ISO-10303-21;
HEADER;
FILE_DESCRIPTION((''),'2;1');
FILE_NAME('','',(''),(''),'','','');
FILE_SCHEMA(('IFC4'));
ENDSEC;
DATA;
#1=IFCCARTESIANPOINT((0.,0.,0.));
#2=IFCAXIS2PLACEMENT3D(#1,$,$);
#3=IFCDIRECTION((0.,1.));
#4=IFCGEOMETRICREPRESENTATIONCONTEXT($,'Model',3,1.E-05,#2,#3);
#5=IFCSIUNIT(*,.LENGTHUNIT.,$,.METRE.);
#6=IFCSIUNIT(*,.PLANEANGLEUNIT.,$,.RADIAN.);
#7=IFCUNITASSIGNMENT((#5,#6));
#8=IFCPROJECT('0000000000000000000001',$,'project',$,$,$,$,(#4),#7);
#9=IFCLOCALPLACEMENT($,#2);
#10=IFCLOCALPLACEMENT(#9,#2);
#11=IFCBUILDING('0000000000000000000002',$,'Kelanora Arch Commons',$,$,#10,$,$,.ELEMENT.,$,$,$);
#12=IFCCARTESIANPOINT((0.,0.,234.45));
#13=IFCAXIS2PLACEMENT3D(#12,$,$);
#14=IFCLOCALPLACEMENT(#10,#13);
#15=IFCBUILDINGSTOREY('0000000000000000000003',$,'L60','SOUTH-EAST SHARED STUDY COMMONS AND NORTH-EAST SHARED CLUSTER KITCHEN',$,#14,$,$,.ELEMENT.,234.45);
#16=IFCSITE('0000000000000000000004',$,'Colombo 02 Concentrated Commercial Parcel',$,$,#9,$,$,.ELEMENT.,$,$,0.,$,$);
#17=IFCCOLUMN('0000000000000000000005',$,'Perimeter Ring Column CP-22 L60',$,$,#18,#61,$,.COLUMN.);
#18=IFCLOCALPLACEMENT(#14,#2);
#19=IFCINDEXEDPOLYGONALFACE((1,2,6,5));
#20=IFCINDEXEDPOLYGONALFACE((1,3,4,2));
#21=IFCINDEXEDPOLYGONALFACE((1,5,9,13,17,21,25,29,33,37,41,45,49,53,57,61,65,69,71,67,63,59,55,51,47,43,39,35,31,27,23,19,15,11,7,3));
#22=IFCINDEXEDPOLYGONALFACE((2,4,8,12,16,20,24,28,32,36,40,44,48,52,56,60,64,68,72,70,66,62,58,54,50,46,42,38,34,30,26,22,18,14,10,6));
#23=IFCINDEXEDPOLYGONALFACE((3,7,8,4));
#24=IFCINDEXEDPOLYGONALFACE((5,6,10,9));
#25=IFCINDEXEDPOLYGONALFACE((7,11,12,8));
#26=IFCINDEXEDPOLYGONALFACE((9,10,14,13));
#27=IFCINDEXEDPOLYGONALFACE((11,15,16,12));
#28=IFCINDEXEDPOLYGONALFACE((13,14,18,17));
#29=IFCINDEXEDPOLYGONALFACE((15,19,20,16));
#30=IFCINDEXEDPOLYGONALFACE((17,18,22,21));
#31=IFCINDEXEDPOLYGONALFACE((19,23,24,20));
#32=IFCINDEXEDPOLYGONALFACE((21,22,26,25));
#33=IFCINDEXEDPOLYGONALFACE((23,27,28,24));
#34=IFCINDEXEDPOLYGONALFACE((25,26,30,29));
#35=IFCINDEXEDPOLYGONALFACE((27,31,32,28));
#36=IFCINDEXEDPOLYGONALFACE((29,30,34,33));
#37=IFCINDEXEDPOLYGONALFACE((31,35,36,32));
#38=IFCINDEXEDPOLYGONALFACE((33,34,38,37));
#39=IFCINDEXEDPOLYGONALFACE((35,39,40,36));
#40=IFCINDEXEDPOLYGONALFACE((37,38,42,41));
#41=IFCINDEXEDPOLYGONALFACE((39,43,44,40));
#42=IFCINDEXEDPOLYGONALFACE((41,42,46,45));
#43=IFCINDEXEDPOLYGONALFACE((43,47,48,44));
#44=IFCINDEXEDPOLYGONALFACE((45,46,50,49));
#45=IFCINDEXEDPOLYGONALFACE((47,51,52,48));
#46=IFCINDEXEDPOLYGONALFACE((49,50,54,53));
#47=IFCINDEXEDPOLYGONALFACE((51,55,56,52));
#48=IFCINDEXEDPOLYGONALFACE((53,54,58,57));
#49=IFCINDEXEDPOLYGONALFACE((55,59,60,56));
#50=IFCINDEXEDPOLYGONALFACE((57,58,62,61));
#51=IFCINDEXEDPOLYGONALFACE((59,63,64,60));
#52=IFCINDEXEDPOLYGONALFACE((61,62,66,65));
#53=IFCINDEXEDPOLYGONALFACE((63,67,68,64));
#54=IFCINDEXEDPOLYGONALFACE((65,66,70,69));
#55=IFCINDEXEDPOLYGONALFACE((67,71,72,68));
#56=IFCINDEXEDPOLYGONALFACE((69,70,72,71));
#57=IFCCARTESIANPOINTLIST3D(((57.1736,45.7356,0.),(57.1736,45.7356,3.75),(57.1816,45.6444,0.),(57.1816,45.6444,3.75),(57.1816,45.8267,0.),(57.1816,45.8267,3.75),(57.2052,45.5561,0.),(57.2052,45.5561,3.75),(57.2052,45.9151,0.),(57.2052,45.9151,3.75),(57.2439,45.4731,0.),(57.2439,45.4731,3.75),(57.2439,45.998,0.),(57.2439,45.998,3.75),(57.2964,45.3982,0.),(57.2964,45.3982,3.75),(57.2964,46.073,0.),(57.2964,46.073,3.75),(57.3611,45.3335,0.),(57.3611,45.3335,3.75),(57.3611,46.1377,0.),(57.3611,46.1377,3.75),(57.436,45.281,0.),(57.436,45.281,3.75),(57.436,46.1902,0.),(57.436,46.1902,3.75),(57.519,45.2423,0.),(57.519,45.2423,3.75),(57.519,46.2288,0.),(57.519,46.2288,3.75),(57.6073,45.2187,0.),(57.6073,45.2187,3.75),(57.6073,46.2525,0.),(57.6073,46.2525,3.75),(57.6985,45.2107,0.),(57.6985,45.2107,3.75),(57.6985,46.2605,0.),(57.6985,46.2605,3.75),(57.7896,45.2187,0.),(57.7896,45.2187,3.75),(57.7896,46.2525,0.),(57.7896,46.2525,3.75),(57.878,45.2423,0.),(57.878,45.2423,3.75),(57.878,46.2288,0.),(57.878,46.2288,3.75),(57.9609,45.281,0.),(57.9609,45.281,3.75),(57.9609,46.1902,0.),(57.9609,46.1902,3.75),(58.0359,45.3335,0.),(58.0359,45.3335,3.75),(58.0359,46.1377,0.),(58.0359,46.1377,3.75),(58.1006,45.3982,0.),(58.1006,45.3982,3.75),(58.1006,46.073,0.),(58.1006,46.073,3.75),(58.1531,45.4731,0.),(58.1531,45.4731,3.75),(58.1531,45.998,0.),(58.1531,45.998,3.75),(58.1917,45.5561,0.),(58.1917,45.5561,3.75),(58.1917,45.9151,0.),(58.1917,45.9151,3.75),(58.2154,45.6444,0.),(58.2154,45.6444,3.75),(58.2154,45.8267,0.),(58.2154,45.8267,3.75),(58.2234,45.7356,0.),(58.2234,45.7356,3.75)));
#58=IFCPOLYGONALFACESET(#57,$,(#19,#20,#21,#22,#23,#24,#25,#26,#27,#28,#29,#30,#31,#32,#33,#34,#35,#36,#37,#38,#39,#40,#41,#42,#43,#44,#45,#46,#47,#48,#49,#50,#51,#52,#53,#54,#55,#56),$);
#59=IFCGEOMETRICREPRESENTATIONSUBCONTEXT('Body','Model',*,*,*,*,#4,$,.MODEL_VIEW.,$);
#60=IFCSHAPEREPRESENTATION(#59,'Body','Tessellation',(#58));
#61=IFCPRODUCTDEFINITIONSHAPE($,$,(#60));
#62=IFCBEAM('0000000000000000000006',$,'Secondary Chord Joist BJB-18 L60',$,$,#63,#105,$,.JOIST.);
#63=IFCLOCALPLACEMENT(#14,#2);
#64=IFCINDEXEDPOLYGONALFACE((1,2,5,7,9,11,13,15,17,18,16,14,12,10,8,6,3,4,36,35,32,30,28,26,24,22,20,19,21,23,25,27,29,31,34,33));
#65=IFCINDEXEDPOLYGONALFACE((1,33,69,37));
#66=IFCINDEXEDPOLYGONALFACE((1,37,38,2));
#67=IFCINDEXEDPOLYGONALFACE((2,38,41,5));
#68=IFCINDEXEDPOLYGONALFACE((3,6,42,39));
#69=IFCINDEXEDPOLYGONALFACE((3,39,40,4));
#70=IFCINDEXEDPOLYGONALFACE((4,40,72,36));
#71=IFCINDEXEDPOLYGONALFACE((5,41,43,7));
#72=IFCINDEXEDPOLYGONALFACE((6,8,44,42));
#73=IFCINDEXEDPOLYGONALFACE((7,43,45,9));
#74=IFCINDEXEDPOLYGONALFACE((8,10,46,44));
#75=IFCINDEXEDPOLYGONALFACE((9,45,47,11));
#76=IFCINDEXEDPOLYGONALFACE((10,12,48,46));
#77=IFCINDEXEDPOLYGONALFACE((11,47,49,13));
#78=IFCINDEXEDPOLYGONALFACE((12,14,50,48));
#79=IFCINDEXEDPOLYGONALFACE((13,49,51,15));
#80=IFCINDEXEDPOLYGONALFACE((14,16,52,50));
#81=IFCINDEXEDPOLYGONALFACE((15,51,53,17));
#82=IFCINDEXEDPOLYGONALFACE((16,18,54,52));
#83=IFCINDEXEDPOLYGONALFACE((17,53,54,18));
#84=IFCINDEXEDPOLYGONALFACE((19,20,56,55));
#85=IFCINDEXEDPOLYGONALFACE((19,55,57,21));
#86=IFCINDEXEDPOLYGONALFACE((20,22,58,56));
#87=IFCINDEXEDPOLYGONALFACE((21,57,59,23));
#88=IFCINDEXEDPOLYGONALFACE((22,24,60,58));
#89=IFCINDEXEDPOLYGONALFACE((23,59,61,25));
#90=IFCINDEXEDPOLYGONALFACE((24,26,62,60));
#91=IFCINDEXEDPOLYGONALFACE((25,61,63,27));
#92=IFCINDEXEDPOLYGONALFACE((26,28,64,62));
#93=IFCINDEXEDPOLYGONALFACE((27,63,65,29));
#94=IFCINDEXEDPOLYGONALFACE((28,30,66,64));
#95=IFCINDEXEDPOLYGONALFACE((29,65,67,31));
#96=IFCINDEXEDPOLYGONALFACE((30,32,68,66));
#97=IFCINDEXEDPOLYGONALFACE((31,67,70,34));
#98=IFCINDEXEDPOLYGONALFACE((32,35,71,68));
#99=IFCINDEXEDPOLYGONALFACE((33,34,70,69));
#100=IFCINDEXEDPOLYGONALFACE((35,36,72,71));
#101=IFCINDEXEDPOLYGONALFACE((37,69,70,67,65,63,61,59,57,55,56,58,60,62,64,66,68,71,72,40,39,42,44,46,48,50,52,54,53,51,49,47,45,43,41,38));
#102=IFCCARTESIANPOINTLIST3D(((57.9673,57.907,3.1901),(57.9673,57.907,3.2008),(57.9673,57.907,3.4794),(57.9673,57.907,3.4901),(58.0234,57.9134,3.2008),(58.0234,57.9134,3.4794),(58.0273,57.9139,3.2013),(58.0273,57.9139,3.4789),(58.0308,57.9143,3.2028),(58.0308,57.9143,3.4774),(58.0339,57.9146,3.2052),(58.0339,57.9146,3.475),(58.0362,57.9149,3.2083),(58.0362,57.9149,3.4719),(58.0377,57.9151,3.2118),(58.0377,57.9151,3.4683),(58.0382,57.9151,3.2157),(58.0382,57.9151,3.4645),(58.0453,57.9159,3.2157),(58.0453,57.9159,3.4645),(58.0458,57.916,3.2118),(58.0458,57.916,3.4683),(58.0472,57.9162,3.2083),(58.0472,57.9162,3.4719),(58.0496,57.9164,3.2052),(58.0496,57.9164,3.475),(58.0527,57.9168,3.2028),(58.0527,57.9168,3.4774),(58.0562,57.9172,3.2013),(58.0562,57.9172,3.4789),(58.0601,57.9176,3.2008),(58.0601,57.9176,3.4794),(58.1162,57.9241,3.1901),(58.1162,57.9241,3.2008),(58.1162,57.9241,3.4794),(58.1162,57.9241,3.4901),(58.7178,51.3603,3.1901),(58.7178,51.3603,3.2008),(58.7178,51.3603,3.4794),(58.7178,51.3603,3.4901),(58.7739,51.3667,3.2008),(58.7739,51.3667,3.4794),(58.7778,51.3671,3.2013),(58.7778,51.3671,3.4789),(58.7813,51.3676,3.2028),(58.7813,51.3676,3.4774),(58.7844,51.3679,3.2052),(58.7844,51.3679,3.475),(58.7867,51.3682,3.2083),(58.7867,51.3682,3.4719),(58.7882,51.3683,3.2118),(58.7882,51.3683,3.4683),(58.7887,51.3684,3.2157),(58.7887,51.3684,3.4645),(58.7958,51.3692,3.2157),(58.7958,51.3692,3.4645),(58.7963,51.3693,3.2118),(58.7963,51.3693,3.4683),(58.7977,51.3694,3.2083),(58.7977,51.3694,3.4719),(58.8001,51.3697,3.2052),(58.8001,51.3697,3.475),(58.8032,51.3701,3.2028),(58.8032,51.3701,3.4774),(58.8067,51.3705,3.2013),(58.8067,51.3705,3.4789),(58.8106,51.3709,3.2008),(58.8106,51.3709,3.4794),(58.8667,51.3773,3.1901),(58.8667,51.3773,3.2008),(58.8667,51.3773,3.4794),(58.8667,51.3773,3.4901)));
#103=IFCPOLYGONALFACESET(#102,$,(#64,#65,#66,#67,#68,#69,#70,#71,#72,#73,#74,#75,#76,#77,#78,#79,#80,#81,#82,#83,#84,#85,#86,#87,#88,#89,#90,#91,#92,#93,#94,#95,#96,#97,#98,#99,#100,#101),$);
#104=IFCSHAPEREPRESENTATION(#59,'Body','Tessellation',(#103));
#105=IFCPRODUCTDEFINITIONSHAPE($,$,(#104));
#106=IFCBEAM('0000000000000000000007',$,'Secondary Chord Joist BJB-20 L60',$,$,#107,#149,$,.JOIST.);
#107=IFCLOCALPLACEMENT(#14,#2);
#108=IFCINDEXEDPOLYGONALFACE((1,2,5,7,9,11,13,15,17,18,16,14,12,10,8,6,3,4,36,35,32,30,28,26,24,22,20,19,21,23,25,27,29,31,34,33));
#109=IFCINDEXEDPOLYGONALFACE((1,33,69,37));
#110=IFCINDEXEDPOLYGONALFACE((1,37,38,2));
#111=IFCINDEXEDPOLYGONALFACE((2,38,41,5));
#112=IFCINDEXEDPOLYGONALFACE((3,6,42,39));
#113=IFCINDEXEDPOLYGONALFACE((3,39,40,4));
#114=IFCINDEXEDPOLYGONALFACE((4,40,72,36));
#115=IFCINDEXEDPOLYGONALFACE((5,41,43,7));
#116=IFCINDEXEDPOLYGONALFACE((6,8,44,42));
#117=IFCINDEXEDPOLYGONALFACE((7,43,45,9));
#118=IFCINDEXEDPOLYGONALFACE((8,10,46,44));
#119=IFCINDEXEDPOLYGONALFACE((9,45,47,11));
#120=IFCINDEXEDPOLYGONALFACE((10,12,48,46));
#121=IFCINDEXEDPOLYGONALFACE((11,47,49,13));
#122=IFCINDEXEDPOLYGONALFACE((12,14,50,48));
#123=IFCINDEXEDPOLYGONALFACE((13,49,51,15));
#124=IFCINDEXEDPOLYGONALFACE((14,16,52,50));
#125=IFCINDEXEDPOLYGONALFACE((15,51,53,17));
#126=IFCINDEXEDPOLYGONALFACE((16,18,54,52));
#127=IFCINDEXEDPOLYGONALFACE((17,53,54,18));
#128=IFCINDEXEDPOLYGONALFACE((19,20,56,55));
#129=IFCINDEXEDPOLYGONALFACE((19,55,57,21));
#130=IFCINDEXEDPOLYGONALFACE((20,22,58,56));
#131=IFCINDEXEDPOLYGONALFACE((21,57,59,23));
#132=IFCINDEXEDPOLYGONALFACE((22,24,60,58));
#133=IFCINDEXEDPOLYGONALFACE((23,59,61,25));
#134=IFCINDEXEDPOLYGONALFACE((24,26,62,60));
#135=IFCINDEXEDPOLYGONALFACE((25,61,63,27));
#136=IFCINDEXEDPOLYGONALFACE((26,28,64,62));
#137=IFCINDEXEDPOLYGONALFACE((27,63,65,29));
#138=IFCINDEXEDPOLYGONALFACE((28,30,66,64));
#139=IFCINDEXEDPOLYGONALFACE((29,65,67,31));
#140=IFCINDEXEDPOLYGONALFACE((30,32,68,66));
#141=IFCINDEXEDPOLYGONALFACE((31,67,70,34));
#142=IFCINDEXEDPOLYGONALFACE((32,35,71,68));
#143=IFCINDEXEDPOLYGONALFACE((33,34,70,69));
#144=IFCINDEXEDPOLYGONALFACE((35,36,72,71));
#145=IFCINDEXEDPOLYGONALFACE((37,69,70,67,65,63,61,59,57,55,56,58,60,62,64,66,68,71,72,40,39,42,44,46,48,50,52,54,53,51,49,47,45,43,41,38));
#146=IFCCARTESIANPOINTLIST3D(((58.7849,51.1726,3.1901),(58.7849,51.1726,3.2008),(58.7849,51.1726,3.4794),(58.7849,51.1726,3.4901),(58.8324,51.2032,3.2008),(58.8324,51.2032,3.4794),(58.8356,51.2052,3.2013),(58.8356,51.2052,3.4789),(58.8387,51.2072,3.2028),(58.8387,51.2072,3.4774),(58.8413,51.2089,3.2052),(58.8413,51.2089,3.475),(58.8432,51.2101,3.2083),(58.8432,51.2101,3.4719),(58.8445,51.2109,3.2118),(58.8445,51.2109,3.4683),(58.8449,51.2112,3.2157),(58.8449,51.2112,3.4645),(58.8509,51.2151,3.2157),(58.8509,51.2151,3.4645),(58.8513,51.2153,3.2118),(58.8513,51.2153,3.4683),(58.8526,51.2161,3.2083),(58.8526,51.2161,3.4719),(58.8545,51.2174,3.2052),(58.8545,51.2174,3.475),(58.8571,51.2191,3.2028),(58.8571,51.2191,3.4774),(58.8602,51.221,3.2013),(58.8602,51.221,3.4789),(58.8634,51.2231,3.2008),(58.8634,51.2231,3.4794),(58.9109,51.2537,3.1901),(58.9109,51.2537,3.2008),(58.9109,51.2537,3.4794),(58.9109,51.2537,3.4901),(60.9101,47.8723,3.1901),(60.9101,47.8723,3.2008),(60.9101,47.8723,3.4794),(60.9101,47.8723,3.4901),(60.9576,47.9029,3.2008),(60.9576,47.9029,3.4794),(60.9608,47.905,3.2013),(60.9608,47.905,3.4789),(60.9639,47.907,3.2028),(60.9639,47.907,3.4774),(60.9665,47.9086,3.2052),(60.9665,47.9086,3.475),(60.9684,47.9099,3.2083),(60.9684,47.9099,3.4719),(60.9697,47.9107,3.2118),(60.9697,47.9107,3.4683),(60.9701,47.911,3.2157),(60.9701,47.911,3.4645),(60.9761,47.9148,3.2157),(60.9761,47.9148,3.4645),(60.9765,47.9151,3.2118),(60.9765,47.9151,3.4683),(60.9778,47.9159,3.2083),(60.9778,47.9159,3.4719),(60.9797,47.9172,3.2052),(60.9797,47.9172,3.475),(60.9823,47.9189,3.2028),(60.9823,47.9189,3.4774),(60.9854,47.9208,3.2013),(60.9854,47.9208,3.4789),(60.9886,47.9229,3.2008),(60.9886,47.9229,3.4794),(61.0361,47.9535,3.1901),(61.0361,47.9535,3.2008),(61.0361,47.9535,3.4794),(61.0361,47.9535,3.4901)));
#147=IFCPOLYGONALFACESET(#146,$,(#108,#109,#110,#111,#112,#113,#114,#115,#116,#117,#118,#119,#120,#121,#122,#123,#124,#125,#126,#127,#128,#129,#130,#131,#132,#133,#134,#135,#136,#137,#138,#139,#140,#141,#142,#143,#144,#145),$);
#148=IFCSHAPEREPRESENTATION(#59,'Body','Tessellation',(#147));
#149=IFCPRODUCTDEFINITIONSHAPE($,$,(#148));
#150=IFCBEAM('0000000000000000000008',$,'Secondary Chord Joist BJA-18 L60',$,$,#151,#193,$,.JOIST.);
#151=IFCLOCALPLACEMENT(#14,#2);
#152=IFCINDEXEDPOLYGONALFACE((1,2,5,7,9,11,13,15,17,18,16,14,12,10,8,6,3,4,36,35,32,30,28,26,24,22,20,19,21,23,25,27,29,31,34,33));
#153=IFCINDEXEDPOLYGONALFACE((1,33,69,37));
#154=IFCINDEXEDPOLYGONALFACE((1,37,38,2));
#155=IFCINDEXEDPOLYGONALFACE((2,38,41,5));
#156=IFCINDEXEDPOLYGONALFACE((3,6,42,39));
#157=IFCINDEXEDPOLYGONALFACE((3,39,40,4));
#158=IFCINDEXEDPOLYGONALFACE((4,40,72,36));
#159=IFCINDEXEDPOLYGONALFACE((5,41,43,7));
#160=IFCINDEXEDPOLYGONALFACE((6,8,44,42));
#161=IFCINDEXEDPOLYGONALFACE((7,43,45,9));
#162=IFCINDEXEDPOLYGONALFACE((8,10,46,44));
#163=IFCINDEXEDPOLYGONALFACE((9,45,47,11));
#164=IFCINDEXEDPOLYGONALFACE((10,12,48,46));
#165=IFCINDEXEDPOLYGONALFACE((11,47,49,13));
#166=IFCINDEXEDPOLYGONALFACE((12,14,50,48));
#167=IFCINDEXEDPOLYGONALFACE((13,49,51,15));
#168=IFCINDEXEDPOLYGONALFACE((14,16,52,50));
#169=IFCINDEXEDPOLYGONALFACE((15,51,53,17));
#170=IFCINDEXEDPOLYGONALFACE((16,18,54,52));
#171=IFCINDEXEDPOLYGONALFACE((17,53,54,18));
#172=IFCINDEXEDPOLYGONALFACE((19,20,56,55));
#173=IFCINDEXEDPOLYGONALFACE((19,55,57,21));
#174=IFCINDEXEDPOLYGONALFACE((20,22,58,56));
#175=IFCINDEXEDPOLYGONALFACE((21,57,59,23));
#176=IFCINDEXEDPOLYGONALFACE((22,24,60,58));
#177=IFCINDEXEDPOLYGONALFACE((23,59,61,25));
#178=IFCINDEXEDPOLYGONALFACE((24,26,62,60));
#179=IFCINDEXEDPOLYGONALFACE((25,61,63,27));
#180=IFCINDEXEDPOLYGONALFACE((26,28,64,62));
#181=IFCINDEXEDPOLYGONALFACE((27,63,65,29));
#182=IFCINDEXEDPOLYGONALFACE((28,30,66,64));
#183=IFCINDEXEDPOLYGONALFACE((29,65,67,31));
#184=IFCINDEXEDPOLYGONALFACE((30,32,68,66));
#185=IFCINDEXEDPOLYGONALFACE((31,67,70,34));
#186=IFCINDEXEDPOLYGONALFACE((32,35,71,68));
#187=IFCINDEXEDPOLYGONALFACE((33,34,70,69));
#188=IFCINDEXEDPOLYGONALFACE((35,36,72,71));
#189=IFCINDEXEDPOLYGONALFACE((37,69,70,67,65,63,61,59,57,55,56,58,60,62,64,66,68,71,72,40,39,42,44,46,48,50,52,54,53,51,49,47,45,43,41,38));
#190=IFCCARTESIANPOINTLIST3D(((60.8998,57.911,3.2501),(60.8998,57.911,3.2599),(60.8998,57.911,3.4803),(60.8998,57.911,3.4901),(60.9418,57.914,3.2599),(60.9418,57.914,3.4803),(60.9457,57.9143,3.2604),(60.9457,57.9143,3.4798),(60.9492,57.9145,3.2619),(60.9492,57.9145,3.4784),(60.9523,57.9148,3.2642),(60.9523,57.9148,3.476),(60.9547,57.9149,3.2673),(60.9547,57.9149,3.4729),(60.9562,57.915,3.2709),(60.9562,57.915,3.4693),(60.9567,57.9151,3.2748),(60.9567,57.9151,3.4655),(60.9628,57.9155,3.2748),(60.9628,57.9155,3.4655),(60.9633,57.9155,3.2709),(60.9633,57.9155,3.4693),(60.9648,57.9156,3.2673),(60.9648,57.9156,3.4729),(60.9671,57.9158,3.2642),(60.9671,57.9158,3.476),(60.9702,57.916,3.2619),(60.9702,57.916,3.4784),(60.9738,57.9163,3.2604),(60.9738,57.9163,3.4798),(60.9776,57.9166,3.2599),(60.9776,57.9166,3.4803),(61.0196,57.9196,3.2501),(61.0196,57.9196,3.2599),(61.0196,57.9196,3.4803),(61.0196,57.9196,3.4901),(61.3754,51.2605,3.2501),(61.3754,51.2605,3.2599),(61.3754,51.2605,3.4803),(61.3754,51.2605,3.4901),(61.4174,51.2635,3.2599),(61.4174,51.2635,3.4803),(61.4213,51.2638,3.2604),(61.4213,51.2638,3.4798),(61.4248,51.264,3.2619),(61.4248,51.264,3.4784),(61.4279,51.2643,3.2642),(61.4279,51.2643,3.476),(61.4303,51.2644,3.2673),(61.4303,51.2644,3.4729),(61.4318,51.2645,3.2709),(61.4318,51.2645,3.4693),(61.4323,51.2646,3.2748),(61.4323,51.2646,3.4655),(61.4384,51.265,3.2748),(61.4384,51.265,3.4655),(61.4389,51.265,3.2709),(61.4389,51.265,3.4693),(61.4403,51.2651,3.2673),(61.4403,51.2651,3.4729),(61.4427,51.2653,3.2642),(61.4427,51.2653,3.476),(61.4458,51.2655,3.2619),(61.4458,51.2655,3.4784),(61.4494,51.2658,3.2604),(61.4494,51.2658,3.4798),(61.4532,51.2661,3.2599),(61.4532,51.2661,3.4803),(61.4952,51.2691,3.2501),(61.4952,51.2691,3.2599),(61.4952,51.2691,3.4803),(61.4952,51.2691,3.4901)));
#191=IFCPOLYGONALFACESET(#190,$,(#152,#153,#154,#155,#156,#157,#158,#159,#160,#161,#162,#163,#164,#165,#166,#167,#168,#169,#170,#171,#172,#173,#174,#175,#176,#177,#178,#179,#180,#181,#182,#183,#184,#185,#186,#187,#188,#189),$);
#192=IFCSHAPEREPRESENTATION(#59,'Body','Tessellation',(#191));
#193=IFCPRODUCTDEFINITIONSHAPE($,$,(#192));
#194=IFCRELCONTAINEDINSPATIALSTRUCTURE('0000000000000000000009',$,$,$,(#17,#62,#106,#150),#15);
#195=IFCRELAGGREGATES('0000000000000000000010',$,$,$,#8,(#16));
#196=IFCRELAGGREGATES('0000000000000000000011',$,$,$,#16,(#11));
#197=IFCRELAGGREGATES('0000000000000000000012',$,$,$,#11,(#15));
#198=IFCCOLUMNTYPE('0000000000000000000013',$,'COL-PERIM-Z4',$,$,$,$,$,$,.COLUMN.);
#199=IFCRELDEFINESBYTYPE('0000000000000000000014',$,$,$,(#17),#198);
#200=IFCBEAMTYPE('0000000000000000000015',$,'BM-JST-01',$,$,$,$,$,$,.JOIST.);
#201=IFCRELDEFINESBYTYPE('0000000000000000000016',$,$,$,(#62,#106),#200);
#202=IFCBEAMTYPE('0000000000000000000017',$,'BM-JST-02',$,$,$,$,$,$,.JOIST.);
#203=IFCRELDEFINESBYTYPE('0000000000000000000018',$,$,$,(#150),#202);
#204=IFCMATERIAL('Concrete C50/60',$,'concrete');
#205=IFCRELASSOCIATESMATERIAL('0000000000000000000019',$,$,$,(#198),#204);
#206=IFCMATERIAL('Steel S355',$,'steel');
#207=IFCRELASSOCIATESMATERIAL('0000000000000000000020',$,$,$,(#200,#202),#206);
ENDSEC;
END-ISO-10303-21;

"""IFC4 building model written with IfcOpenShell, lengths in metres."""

from ifc_helpers import new_model, si_unit, direction, frame, origin, origin_2d, place, context, subcontext, project, spatial, circle, i_section, extrude, material, material_profile, profile_set, type_object, element, save


model = new_model("IFC4")

# Units and contexts
model_context = context("Model", 3, precision=1e-05, world=origin(), true_north=direction((0.0, 1.0)))
body_context = subcontext(model_context, "Body", "Model", "MODEL_VIEW")
ifc_project = project(units=[si_unit("LENGTHUNIT", "METRE"), si_unit("PLANEANGLEUNIT", "RADIAN")], contexts=[model_context])

# Site, building, storey
site_placement = place(None, origin())
site = spatial("IfcSite", under=ifc_project, at=site_placement, Name="Colombo 02 Concentrated Commercial Parcel", CompositionType="ELEMENT", RefElevation=0.0)
building_placement = place(site_placement, origin())
building = spatial("IfcBuilding", under=site, at=building_placement, Name="Kelanora Arch Commons", CompositionType="ELEMENT")
storey_placement = place(building_placement, frame((0.0, 0.0, 234.45)))
storey = spatial("IfcBuildingStorey", under=building, at=storey_placement, Name="L60", Description="SOUTH-EAST SHARED STUDY COMMONS AND NORTH-EAST SHARED CLUSTER KITCHEN", CompositionType="ELEMENT", Elevation=234.45)

# Column
ifc_material_1 = material(Name="Concrete C50/60", Category="concrete")
ifc_material_profile_1 = material_profile(ifc_material_1, circle(Radius=0.5249, at=origin_2d()), Name="RCC1050")
ifc_profile_set_1 = profile_set([ifc_material_profile_1], Name="Concrete C50/60")
column_type = type_object("IfcColumnType", Name="COL-PERIM-Z4", PredefinedType="COLUMN", material=ifc_profile_set_1)
column_placement = place(storey_placement, frame((57.6985, 45.7356, 0.0), z_axis=(0.0, 0.0, 1.0), x_axis=(1.0, 0.0, 0.0)))
element("IfcColumn", 1, at=column_placement, inside=storey, type_object=column_type, Name="Perimeter Ring Column CP-22 L60", PredefinedType="COLUMN", context=body_context, shape_type="SweptSolid", body=[
    extrude(circle(Radius=0.5249, at=origin_2d()), origin(), (0.0, 0.0, 1.0), 3.75),
])

# Beams
ifc_material_2 = material(Name="Steel S355", Category="steel")
ifc_material_profile_2 = material_profile(ifc_material_2, i_section(OverallWidth=0.1499, OverallDepth=0.3, WebThickness=0.0071, FlangeThickness=0.0107, FilletRadius=0.0149, at=origin_2d()), Name="IPE300")
ifc_profile_set_2 = profile_set([ifc_material_profile_2], Name="Steel S355")
beam_type_1 = type_object("IfcBeamType", Name="BM-JST-01", PredefinedType="JOIST", material=ifc_profile_set_2)
beam_1_placement = place(storey_placement, frame((58.0417, 57.9155, 3.3401), z_axis=(0.113891, -0.993493, 0.0), x_axis=(0.993493, 0.113891, 0.0)))
element("IfcBeam", 2, at=beam_1_placement, inside=storey, type_object=beam_type_1, Name="Secondary Chord Joist BJB-18 L60", PredefinedType="JOIST", context=body_context, shape_type="SweptSolid", body=[
    extrude(i_section(OverallWidth=0.1499, OverallDepth=0.3, WebThickness=0.0071, FlangeThickness=0.0107, FilletRadius=0.0149, at=origin_2d()), origin(), (0.0, 0.0, 1.0), 6.5896),
])
beam_2_placement = place(storey_placement, frame((58.8479, 51.2131, 3.3401), z_axis=(0.541411, -0.840758, 0.0), x_axis=(0.840758, 0.541411, 0.0)))
element("IfcBeam", 3, at=beam_2_placement, inside=storey, type_object=beam_type_1, Name="Secondary Chord Joist BJB-20 L60", PredefinedType="JOIST", context=body_context, shape_type="SweptSolid", body=[
    extrude(i_section(OverallWidth=0.1499, OverallDepth=0.3, WebThickness=0.0071, FlangeThickness=0.0107, FilletRadius=0.0149, at=origin_2d()), origin(), (0.0, 0.0, 1.0), 3.9253),
])
ifc_material_profile_3 = material_profile(ifc_material_2, i_section(OverallWidth=0.1201, OverallDepth=0.24, WebThickness=0.0061, FlangeThickness=0.0098, FilletRadius=0.0149, at=origin_2d()), Name="IPE240")
ifc_profile_set_3 = profile_set([ifc_material_profile_3], Name="Steel S355")
beam_type_2 = type_object("IfcBeamType", Name="BM-JST-02", PredefinedType="JOIST", material=ifc_profile_set_3)
beam_3_placement = place(storey_placement, frame((60.9597, 57.9153, 3.3701), z_axis=(0.07133, -0.997453, 0.0), x_axis=(0.997453, 0.07133, 0.0)))
element("IfcBeam", 4, at=beam_3_placement, inside=storey, type_object=beam_type_2, Name="Secondary Chord Joist BJA-18 L60", PredefinedType="JOIST", context=body_context, shape_type="SweptSolid", body=[
    extrude(i_section(OverallWidth=0.1201, OverallDepth=0.24, WebThickness=0.0061, FlangeThickness=0.0098, FilletRadius=0.0149, at=origin_2d()), origin(), (0.0, 0.0, 1.0), 6.6675),
])

save(model, "model.ifc")
